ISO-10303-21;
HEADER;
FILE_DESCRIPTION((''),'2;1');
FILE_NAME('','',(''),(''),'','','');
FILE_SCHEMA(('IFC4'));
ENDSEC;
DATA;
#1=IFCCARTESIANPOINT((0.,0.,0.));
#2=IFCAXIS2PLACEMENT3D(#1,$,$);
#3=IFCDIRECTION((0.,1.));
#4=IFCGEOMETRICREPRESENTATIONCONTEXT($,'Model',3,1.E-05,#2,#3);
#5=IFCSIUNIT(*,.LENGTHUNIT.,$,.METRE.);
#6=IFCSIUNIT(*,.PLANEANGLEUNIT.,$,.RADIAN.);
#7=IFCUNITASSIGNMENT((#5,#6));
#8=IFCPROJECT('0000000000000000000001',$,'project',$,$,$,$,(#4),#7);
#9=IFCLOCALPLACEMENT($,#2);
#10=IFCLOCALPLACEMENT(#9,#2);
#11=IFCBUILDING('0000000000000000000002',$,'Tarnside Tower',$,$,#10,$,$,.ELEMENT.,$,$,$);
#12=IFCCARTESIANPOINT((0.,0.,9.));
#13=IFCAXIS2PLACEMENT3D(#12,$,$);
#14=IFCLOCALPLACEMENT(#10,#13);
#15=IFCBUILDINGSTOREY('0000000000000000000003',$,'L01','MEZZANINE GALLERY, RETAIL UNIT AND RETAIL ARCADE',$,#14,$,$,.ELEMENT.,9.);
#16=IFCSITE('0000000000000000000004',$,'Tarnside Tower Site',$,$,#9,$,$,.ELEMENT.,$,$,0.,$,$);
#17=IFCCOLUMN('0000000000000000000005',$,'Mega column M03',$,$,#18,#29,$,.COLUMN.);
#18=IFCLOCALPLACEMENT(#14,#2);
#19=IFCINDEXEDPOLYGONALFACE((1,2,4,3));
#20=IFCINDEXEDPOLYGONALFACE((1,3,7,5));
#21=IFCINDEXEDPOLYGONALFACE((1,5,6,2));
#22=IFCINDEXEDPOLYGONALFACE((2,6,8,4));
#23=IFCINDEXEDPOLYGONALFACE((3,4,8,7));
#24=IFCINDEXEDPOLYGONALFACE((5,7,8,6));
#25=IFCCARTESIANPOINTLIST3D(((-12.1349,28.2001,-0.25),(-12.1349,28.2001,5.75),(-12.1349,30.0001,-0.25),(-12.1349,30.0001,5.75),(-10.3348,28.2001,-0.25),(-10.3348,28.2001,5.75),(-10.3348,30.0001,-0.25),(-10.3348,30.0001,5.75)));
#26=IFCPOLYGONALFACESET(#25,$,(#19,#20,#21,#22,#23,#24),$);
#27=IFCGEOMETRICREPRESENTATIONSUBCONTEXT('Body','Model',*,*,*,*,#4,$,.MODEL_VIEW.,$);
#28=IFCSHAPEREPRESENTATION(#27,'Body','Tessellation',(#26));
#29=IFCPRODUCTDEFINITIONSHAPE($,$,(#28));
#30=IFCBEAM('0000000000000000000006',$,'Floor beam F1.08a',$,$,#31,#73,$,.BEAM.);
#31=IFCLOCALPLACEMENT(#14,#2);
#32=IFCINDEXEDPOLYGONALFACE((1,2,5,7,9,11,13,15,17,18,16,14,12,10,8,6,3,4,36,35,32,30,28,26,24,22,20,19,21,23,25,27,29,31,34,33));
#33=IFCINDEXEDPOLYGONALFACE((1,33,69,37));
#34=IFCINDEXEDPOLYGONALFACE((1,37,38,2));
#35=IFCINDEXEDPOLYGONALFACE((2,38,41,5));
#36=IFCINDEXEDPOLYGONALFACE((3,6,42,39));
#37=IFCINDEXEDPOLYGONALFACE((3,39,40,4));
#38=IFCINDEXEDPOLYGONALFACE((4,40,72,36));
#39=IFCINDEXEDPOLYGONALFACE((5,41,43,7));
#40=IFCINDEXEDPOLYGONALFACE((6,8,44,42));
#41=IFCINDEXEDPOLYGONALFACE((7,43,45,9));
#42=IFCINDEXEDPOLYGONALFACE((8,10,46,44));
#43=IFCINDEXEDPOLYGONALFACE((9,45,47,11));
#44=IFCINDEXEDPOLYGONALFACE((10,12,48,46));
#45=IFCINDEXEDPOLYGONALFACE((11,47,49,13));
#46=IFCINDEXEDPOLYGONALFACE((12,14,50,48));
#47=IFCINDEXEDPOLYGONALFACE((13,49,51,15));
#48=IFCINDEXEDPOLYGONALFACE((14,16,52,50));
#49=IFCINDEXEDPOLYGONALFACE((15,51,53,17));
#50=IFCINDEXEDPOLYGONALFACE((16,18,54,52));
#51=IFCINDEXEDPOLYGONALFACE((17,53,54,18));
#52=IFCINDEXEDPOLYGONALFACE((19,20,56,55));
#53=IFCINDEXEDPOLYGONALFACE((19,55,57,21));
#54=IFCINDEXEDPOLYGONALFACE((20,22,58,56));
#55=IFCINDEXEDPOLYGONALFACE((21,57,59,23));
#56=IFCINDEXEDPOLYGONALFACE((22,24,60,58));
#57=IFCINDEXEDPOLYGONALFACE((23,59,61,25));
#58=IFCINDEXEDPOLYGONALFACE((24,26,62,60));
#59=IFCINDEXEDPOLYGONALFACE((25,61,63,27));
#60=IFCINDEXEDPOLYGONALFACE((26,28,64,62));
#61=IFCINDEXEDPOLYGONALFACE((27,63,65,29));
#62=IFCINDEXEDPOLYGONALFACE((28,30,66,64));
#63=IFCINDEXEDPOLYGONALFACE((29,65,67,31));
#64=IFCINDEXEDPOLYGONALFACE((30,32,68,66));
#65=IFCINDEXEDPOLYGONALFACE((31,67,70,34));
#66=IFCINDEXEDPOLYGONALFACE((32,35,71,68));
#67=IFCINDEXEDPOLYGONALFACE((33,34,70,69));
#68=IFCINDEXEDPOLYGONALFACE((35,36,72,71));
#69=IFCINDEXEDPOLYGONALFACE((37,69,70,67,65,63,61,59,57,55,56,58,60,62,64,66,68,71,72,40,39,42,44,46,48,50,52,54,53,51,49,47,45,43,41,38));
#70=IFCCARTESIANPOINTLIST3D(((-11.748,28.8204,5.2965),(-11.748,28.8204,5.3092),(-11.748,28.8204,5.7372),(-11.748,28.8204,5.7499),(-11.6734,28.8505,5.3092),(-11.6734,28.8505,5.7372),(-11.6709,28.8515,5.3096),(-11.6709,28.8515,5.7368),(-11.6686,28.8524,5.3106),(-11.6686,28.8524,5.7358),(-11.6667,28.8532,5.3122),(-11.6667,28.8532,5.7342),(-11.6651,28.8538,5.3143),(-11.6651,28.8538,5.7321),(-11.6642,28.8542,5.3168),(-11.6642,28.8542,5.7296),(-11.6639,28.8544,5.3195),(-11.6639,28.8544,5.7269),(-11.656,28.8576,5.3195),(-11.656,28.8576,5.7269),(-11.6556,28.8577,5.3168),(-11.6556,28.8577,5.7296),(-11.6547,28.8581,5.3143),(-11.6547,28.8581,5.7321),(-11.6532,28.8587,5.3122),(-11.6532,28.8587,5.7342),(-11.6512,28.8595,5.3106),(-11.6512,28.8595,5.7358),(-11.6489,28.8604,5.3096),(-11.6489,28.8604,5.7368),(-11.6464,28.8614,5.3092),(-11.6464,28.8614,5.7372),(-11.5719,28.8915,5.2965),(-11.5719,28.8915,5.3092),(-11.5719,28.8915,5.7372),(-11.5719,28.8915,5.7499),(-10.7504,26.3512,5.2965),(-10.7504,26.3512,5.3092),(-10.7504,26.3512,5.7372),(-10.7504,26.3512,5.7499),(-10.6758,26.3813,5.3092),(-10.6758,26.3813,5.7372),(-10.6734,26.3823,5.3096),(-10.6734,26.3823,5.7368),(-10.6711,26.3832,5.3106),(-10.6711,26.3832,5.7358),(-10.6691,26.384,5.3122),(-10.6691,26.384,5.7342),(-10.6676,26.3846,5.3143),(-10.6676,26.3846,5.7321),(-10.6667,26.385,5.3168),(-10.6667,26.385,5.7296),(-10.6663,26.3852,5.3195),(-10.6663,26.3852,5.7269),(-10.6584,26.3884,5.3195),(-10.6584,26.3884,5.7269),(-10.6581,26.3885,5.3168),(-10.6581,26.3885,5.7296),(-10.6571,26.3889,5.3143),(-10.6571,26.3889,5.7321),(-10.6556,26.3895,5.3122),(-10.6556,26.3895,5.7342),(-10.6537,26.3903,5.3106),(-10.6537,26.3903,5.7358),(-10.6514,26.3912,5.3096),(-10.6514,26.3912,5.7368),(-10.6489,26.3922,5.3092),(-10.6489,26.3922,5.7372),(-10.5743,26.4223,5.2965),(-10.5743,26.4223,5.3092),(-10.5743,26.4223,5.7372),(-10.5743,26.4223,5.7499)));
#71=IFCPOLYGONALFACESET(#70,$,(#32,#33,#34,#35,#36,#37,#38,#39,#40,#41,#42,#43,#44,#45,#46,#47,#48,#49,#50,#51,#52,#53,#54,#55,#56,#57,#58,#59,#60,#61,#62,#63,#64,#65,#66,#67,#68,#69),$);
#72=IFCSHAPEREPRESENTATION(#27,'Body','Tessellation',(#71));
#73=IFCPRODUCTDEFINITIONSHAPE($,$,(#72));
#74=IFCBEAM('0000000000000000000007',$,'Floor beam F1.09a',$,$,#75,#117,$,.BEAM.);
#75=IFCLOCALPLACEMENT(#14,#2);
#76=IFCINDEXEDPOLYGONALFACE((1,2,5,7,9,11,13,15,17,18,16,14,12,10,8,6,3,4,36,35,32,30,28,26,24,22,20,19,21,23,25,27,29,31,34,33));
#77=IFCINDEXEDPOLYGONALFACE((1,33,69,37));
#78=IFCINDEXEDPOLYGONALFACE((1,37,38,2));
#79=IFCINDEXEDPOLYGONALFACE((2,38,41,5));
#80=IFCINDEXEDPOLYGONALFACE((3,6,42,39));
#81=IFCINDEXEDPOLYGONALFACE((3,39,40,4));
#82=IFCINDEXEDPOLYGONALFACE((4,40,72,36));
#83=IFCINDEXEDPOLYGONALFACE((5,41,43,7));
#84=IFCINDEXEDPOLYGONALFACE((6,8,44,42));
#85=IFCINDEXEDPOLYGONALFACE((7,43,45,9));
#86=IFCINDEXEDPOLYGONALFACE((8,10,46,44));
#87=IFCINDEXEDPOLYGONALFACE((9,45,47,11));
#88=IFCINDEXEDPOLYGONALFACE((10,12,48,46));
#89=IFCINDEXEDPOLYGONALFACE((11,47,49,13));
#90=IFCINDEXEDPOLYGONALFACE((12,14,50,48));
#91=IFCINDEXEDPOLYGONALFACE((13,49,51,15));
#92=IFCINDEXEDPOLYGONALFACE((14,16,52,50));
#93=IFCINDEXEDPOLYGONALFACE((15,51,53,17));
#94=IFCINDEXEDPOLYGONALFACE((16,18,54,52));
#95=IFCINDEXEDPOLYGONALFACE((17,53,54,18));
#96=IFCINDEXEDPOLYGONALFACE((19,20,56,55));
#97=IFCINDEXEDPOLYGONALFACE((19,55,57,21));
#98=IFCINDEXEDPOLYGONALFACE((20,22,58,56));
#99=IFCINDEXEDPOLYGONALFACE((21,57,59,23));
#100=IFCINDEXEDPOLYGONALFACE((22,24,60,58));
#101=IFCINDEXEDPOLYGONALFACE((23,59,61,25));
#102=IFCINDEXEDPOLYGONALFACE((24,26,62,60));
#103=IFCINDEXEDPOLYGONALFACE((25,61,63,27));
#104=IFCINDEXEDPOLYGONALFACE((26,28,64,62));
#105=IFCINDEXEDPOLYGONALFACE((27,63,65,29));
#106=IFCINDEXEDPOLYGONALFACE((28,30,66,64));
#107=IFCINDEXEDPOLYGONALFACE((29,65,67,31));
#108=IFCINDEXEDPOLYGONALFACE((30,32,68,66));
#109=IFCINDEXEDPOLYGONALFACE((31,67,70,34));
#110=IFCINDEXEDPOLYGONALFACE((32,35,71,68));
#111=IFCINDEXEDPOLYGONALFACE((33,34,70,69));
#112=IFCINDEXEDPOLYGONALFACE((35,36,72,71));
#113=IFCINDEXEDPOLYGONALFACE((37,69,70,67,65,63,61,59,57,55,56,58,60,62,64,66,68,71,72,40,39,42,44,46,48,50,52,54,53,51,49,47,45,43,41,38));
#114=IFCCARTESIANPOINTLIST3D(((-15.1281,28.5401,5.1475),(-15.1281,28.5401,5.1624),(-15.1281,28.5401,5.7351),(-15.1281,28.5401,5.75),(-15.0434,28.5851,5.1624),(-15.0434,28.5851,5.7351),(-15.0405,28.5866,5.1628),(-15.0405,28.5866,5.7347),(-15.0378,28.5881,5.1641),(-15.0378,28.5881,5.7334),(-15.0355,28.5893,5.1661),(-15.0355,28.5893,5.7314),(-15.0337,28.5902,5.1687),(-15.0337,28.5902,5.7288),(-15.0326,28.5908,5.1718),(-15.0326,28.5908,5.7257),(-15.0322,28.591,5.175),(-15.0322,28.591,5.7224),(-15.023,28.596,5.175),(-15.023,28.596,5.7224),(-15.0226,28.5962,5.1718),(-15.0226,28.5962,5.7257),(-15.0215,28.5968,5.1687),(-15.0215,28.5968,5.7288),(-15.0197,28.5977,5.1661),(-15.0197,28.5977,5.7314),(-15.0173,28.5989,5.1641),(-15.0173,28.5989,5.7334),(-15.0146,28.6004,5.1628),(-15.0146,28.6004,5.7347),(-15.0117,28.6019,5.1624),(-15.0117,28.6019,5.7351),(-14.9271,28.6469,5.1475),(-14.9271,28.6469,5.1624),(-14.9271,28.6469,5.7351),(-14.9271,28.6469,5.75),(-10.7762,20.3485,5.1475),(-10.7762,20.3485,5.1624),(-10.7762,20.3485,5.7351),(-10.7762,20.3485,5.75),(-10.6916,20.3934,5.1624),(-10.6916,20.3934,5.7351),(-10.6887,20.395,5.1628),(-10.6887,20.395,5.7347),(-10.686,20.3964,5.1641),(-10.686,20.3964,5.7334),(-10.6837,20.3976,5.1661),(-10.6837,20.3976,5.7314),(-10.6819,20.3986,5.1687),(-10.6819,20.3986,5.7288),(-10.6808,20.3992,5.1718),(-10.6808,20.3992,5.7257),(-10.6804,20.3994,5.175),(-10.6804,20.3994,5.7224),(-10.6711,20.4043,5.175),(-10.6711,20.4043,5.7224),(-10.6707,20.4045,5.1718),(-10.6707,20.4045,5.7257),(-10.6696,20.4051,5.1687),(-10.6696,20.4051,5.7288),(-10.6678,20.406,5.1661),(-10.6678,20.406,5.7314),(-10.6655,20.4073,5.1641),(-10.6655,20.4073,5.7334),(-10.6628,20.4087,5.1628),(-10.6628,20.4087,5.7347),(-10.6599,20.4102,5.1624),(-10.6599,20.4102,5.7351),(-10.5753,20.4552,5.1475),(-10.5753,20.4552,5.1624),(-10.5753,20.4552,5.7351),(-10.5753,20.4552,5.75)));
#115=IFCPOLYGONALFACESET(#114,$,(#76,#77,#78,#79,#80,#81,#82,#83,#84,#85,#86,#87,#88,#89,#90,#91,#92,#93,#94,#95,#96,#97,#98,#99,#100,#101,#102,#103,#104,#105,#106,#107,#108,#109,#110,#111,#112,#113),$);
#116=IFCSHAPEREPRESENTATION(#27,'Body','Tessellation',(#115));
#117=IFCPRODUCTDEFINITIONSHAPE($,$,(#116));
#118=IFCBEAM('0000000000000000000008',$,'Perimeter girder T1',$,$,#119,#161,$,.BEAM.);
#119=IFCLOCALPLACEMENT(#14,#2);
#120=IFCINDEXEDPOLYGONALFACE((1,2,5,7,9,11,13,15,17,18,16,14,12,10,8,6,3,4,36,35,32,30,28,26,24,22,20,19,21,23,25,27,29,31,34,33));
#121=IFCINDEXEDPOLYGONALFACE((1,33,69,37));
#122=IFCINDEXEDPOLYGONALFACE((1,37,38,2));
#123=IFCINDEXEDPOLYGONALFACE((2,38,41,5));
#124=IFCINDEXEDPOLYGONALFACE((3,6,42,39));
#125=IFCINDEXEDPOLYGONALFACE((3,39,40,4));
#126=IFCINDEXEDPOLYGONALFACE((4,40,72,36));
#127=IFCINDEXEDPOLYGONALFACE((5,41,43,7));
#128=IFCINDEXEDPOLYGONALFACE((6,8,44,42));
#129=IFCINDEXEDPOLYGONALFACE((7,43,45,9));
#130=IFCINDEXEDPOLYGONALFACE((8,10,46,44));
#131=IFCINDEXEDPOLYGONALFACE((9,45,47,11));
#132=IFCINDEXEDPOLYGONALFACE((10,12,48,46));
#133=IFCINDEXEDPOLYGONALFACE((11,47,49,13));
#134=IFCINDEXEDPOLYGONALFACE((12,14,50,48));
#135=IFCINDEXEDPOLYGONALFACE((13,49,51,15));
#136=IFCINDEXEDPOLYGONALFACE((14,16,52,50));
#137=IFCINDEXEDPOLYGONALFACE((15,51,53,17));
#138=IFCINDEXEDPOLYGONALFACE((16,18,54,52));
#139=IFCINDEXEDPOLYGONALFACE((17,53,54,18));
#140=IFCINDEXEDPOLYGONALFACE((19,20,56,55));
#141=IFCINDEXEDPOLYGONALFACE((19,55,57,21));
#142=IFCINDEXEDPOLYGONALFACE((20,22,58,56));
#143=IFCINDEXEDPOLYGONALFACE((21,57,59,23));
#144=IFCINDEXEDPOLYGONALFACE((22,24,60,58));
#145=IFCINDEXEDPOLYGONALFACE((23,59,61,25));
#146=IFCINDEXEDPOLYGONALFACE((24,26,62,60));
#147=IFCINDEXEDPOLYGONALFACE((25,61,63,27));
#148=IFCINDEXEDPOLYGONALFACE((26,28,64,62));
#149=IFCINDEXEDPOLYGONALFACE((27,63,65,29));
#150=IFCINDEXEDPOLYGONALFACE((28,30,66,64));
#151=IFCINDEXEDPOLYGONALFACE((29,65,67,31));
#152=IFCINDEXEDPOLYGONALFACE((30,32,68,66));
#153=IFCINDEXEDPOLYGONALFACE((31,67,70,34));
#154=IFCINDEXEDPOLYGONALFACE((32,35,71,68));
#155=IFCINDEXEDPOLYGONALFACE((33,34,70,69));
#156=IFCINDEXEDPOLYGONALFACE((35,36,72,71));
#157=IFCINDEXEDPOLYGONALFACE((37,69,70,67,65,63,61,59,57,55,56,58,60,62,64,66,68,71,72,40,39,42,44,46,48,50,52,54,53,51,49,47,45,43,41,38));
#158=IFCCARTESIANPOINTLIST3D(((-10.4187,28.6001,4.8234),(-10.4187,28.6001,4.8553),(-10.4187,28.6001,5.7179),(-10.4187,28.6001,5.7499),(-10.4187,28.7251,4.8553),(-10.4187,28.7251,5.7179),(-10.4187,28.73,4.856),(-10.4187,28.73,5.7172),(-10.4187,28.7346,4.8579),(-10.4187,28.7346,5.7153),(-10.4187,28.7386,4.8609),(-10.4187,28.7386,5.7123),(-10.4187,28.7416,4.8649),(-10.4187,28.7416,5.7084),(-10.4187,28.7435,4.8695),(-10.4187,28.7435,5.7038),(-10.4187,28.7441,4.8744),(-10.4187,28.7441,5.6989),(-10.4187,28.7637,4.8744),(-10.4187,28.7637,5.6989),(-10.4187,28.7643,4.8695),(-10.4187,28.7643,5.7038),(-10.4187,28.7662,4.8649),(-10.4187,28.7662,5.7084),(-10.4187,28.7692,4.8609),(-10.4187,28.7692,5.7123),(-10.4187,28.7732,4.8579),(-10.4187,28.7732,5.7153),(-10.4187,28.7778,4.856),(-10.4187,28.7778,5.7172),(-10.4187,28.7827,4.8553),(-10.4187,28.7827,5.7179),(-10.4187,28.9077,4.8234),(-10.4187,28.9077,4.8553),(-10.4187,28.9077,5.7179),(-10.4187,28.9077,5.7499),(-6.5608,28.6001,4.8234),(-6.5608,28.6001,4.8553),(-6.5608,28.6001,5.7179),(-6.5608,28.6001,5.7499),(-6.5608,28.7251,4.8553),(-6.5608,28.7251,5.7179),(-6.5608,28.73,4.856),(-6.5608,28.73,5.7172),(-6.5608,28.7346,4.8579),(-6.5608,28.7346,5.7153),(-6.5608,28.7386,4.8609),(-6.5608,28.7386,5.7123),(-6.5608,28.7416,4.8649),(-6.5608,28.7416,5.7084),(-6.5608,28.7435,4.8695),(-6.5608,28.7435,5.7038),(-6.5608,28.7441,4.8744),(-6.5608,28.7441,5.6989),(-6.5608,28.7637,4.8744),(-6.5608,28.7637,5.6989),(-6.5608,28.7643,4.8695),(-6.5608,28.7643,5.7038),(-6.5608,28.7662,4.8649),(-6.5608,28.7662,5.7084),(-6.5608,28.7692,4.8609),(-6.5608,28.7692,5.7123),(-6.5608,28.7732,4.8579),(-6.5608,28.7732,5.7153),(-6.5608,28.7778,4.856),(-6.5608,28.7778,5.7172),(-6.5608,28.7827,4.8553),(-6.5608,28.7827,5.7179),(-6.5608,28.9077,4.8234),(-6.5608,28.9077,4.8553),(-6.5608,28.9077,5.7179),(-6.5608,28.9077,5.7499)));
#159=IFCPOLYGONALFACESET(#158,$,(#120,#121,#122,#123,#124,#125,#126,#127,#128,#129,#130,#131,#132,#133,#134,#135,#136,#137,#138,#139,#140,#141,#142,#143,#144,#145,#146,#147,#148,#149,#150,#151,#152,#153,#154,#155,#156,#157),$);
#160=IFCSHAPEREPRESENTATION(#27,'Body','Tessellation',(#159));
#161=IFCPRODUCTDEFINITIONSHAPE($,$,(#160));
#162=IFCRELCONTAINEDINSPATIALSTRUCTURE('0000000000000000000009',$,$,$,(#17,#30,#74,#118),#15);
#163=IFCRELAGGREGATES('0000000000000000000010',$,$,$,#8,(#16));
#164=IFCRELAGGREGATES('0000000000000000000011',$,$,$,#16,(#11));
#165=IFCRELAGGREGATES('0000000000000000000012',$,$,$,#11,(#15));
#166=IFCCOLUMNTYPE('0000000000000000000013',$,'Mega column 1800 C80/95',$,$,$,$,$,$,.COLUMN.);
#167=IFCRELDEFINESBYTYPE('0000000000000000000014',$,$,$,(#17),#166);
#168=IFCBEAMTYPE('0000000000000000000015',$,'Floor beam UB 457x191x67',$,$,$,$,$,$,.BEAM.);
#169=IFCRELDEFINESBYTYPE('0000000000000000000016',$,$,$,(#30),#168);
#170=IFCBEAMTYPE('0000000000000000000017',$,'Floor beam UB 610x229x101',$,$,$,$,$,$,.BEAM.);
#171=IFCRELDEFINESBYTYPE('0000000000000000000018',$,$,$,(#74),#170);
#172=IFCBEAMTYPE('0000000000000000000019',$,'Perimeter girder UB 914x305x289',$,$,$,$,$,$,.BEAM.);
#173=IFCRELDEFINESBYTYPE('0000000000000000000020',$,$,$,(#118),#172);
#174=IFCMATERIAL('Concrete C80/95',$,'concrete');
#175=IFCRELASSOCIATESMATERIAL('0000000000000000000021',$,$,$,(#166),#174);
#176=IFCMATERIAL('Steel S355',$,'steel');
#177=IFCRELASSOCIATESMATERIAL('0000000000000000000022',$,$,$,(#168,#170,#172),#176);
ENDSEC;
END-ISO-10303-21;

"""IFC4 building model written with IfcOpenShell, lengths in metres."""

from ifc_helpers import new_model, si_unit, direction, frame, origin, origin_2d, place, context, subcontext, project, spatial, rectangle, i_section, extrude, material, material_profile, profile_set, type_object, element, save


model = new_model("IFC4")

# Units and contexts
model_context = context("Model", 3, precision=1e-05, world=origin(), true_north=direction((0.0, 1.0)))
body_context = subcontext(model_context, "Body", "Model", "MODEL_VIEW")
ifc_project = project(units=[si_unit("LENGTHUNIT", "METRE"), si_unit("PLANEANGLEUNIT", "RADIAN")], contexts=[model_context])

# Site, building, storey
site_placement = place(None, origin())
site = spatial("IfcSite", under=ifc_project, at=site_placement, Name="Tarnside Tower Site", CompositionType="ELEMENT", RefElevation=0.0)
building_placement = place(site_placement, origin())
building = spatial("IfcBuilding", under=site, at=building_placement, Name="Tarnside Tower", CompositionType="ELEMENT")
storey_placement = place(building_placement, frame((0.0, 0.0, 9.0)))
storey = spatial("IfcBuildingStorey", under=building, at=storey_placement, Name="L01", Description="MEZZANINE GALLERY, RETAIL UNIT AND RETAIL ARCADE", CompositionType="ELEMENT", Elevation=9.0)

# Column
ifc_material_1 = material(Name="Concrete C80/95", Category="concrete")
ifc_material_profile_1 = material_profile(ifc_material_1, rectangle(XDim=1.8, YDim=1.8, at=origin_2d()), Name="Mega column 1800x1800")
ifc_profile_set_1 = profile_set([ifc_material_profile_1], Name="Concrete C80/95")
column_type = type_object("IfcColumnType", Name="Mega column 1800 C80/95", PredefinedType="COLUMN", material=ifc_profile_set_1)
column_placement = place(storey_placement, frame((-11.2349, 29.1001, -0.25), z_axis=(0.0, 0.0, 1.0), x_axis=(1.0, 0.0, 0.0)))
element("IfcColumn", 1, at=column_placement, inside=storey, type_object=column_type, Name="Mega column M03", PredefinedType="COLUMN", context=body_context, shape_type="SweptSolid", body=[
    extrude(rectangle(XDim=1.8, YDim=1.8, at=origin_2d()), origin(), (0.0, 0.0, 1.0), 6.0),
])

# Beams
ifc_material_2 = material(Name="Steel S355", Category="steel")
ifc_material_profile_2 = material_profile(ifc_material_2, i_section(OverallWidth=0.1899, OverallDepth=0.4534, WebThickness=0.0085, FlangeThickness=0.0127, FilletRadius=0.0103, at=origin_2d()), Name="UB 457x191x67")
ifc_profile_set_2 = profile_set([ifc_material_profile_2], Name="Steel S355")
beam_type_1 = type_object("IfcBeamType", Name="Floor beam UB 457x191x67", PredefinedType="BEAM", material=ifc_profile_set_2)
beam_1_placement = place(storey_placement, frame((-11.6599, 28.856, 5.5232), z_axis=(0.374581, -0.927194, 0.0), x_axis=(0.927194, 0.374581, 0.0)))
element("IfcBeam", 2, at=beam_1_placement, inside=storey, type_object=beam_type_1, Name="Floor beam F1.08a", PredefinedType="BEAM", context=body_context, shape_type="SweptSolid", body=[
    extrude(i_section(OverallWidth=0.1899, OverallDepth=0.4534, WebThickness=0.0085, FlangeThickness=0.0127, FilletRadius=0.0103, at=origin_2d()), origin(), (0.0, 0.0, 1.0), 2.6631),
])
ifc_material_profile_3 = material_profile(ifc_material_2, i_section(OverallWidth=0.2275, OverallDepth=0.6025, WebThickness=0.0105, FlangeThickness=0.0149, FilletRadius=0.0127, at=origin_2d()), Name="UB 610x229x101")
ifc_profile_set_3 = profile_set([ifc_material_profile_3], Name="Steel S355")
beam_type_2 = type_object("IfcBeamType", Name="Floor beam UB 610x229x101", PredefinedType="BEAM", material=ifc_profile_set_3)
beam_2_placement = place(storey_placement, frame((-15.0276, 28.5935, 5.4487), z_axis=(0.469155, -0.883116, 0.0), x_axis=(0.883116, 0.469155, 0.0)))
element("IfcBeam", 3, at=beam_2_placement, inside=storey, type_object=beam_type_2, Name="Floor beam F1.09a", PredefinedType="BEAM", context=body_context, shape_type="SweptSolid", body=[
    extrude(i_section(OverallWidth=0.2275, OverallDepth=0.6025, WebThickness=0.0105, FlangeThickness=0.0149, FilletRadius=0.0127, at=origin_2d()), origin(), (0.0, 0.0, 1.0), 9.2759),
])
ifc_material_profile_4 = material_profile(ifc_material_2, i_section(OverallWidth=0.3076, OverallDepth=0.9265, WebThickness=0.0195, FlangeThickness=0.032, FilletRadius=0.019, at=origin_2d()), Name="UB 914x305x289")
ifc_profile_set_4 = profile_set([ifc_material_profile_4], Name="Steel S355")
beam_type_3 = type_object("IfcBeamType", Name="Perimeter girder UB 914x305x289", PredefinedType="BEAM", material=ifc_profile_set_4)
beam_3_placement = place(storey_placement, frame((-10.4187, 28.7539, 5.2866), z_axis=(1.0, 0.0, 0.0), x_axis=(0.0, 1.0, 0.0)))
element("IfcBeam", 4, at=beam_3_placement, inside=storey, type_object=beam_type_3, Name="Perimeter girder T1", PredefinedType="BEAM", context=body_context, shape_type="SweptSolid", body=[
    extrude(i_section(OverallWidth=0.3076, OverallDepth=0.9265, WebThickness=0.0195, FlangeThickness=0.032, FilletRadius=0.019, at=origin_2d()), origin(), (0.0, 0.0, 1.0), 3.8579),
])

save(model, "model.ifc")
